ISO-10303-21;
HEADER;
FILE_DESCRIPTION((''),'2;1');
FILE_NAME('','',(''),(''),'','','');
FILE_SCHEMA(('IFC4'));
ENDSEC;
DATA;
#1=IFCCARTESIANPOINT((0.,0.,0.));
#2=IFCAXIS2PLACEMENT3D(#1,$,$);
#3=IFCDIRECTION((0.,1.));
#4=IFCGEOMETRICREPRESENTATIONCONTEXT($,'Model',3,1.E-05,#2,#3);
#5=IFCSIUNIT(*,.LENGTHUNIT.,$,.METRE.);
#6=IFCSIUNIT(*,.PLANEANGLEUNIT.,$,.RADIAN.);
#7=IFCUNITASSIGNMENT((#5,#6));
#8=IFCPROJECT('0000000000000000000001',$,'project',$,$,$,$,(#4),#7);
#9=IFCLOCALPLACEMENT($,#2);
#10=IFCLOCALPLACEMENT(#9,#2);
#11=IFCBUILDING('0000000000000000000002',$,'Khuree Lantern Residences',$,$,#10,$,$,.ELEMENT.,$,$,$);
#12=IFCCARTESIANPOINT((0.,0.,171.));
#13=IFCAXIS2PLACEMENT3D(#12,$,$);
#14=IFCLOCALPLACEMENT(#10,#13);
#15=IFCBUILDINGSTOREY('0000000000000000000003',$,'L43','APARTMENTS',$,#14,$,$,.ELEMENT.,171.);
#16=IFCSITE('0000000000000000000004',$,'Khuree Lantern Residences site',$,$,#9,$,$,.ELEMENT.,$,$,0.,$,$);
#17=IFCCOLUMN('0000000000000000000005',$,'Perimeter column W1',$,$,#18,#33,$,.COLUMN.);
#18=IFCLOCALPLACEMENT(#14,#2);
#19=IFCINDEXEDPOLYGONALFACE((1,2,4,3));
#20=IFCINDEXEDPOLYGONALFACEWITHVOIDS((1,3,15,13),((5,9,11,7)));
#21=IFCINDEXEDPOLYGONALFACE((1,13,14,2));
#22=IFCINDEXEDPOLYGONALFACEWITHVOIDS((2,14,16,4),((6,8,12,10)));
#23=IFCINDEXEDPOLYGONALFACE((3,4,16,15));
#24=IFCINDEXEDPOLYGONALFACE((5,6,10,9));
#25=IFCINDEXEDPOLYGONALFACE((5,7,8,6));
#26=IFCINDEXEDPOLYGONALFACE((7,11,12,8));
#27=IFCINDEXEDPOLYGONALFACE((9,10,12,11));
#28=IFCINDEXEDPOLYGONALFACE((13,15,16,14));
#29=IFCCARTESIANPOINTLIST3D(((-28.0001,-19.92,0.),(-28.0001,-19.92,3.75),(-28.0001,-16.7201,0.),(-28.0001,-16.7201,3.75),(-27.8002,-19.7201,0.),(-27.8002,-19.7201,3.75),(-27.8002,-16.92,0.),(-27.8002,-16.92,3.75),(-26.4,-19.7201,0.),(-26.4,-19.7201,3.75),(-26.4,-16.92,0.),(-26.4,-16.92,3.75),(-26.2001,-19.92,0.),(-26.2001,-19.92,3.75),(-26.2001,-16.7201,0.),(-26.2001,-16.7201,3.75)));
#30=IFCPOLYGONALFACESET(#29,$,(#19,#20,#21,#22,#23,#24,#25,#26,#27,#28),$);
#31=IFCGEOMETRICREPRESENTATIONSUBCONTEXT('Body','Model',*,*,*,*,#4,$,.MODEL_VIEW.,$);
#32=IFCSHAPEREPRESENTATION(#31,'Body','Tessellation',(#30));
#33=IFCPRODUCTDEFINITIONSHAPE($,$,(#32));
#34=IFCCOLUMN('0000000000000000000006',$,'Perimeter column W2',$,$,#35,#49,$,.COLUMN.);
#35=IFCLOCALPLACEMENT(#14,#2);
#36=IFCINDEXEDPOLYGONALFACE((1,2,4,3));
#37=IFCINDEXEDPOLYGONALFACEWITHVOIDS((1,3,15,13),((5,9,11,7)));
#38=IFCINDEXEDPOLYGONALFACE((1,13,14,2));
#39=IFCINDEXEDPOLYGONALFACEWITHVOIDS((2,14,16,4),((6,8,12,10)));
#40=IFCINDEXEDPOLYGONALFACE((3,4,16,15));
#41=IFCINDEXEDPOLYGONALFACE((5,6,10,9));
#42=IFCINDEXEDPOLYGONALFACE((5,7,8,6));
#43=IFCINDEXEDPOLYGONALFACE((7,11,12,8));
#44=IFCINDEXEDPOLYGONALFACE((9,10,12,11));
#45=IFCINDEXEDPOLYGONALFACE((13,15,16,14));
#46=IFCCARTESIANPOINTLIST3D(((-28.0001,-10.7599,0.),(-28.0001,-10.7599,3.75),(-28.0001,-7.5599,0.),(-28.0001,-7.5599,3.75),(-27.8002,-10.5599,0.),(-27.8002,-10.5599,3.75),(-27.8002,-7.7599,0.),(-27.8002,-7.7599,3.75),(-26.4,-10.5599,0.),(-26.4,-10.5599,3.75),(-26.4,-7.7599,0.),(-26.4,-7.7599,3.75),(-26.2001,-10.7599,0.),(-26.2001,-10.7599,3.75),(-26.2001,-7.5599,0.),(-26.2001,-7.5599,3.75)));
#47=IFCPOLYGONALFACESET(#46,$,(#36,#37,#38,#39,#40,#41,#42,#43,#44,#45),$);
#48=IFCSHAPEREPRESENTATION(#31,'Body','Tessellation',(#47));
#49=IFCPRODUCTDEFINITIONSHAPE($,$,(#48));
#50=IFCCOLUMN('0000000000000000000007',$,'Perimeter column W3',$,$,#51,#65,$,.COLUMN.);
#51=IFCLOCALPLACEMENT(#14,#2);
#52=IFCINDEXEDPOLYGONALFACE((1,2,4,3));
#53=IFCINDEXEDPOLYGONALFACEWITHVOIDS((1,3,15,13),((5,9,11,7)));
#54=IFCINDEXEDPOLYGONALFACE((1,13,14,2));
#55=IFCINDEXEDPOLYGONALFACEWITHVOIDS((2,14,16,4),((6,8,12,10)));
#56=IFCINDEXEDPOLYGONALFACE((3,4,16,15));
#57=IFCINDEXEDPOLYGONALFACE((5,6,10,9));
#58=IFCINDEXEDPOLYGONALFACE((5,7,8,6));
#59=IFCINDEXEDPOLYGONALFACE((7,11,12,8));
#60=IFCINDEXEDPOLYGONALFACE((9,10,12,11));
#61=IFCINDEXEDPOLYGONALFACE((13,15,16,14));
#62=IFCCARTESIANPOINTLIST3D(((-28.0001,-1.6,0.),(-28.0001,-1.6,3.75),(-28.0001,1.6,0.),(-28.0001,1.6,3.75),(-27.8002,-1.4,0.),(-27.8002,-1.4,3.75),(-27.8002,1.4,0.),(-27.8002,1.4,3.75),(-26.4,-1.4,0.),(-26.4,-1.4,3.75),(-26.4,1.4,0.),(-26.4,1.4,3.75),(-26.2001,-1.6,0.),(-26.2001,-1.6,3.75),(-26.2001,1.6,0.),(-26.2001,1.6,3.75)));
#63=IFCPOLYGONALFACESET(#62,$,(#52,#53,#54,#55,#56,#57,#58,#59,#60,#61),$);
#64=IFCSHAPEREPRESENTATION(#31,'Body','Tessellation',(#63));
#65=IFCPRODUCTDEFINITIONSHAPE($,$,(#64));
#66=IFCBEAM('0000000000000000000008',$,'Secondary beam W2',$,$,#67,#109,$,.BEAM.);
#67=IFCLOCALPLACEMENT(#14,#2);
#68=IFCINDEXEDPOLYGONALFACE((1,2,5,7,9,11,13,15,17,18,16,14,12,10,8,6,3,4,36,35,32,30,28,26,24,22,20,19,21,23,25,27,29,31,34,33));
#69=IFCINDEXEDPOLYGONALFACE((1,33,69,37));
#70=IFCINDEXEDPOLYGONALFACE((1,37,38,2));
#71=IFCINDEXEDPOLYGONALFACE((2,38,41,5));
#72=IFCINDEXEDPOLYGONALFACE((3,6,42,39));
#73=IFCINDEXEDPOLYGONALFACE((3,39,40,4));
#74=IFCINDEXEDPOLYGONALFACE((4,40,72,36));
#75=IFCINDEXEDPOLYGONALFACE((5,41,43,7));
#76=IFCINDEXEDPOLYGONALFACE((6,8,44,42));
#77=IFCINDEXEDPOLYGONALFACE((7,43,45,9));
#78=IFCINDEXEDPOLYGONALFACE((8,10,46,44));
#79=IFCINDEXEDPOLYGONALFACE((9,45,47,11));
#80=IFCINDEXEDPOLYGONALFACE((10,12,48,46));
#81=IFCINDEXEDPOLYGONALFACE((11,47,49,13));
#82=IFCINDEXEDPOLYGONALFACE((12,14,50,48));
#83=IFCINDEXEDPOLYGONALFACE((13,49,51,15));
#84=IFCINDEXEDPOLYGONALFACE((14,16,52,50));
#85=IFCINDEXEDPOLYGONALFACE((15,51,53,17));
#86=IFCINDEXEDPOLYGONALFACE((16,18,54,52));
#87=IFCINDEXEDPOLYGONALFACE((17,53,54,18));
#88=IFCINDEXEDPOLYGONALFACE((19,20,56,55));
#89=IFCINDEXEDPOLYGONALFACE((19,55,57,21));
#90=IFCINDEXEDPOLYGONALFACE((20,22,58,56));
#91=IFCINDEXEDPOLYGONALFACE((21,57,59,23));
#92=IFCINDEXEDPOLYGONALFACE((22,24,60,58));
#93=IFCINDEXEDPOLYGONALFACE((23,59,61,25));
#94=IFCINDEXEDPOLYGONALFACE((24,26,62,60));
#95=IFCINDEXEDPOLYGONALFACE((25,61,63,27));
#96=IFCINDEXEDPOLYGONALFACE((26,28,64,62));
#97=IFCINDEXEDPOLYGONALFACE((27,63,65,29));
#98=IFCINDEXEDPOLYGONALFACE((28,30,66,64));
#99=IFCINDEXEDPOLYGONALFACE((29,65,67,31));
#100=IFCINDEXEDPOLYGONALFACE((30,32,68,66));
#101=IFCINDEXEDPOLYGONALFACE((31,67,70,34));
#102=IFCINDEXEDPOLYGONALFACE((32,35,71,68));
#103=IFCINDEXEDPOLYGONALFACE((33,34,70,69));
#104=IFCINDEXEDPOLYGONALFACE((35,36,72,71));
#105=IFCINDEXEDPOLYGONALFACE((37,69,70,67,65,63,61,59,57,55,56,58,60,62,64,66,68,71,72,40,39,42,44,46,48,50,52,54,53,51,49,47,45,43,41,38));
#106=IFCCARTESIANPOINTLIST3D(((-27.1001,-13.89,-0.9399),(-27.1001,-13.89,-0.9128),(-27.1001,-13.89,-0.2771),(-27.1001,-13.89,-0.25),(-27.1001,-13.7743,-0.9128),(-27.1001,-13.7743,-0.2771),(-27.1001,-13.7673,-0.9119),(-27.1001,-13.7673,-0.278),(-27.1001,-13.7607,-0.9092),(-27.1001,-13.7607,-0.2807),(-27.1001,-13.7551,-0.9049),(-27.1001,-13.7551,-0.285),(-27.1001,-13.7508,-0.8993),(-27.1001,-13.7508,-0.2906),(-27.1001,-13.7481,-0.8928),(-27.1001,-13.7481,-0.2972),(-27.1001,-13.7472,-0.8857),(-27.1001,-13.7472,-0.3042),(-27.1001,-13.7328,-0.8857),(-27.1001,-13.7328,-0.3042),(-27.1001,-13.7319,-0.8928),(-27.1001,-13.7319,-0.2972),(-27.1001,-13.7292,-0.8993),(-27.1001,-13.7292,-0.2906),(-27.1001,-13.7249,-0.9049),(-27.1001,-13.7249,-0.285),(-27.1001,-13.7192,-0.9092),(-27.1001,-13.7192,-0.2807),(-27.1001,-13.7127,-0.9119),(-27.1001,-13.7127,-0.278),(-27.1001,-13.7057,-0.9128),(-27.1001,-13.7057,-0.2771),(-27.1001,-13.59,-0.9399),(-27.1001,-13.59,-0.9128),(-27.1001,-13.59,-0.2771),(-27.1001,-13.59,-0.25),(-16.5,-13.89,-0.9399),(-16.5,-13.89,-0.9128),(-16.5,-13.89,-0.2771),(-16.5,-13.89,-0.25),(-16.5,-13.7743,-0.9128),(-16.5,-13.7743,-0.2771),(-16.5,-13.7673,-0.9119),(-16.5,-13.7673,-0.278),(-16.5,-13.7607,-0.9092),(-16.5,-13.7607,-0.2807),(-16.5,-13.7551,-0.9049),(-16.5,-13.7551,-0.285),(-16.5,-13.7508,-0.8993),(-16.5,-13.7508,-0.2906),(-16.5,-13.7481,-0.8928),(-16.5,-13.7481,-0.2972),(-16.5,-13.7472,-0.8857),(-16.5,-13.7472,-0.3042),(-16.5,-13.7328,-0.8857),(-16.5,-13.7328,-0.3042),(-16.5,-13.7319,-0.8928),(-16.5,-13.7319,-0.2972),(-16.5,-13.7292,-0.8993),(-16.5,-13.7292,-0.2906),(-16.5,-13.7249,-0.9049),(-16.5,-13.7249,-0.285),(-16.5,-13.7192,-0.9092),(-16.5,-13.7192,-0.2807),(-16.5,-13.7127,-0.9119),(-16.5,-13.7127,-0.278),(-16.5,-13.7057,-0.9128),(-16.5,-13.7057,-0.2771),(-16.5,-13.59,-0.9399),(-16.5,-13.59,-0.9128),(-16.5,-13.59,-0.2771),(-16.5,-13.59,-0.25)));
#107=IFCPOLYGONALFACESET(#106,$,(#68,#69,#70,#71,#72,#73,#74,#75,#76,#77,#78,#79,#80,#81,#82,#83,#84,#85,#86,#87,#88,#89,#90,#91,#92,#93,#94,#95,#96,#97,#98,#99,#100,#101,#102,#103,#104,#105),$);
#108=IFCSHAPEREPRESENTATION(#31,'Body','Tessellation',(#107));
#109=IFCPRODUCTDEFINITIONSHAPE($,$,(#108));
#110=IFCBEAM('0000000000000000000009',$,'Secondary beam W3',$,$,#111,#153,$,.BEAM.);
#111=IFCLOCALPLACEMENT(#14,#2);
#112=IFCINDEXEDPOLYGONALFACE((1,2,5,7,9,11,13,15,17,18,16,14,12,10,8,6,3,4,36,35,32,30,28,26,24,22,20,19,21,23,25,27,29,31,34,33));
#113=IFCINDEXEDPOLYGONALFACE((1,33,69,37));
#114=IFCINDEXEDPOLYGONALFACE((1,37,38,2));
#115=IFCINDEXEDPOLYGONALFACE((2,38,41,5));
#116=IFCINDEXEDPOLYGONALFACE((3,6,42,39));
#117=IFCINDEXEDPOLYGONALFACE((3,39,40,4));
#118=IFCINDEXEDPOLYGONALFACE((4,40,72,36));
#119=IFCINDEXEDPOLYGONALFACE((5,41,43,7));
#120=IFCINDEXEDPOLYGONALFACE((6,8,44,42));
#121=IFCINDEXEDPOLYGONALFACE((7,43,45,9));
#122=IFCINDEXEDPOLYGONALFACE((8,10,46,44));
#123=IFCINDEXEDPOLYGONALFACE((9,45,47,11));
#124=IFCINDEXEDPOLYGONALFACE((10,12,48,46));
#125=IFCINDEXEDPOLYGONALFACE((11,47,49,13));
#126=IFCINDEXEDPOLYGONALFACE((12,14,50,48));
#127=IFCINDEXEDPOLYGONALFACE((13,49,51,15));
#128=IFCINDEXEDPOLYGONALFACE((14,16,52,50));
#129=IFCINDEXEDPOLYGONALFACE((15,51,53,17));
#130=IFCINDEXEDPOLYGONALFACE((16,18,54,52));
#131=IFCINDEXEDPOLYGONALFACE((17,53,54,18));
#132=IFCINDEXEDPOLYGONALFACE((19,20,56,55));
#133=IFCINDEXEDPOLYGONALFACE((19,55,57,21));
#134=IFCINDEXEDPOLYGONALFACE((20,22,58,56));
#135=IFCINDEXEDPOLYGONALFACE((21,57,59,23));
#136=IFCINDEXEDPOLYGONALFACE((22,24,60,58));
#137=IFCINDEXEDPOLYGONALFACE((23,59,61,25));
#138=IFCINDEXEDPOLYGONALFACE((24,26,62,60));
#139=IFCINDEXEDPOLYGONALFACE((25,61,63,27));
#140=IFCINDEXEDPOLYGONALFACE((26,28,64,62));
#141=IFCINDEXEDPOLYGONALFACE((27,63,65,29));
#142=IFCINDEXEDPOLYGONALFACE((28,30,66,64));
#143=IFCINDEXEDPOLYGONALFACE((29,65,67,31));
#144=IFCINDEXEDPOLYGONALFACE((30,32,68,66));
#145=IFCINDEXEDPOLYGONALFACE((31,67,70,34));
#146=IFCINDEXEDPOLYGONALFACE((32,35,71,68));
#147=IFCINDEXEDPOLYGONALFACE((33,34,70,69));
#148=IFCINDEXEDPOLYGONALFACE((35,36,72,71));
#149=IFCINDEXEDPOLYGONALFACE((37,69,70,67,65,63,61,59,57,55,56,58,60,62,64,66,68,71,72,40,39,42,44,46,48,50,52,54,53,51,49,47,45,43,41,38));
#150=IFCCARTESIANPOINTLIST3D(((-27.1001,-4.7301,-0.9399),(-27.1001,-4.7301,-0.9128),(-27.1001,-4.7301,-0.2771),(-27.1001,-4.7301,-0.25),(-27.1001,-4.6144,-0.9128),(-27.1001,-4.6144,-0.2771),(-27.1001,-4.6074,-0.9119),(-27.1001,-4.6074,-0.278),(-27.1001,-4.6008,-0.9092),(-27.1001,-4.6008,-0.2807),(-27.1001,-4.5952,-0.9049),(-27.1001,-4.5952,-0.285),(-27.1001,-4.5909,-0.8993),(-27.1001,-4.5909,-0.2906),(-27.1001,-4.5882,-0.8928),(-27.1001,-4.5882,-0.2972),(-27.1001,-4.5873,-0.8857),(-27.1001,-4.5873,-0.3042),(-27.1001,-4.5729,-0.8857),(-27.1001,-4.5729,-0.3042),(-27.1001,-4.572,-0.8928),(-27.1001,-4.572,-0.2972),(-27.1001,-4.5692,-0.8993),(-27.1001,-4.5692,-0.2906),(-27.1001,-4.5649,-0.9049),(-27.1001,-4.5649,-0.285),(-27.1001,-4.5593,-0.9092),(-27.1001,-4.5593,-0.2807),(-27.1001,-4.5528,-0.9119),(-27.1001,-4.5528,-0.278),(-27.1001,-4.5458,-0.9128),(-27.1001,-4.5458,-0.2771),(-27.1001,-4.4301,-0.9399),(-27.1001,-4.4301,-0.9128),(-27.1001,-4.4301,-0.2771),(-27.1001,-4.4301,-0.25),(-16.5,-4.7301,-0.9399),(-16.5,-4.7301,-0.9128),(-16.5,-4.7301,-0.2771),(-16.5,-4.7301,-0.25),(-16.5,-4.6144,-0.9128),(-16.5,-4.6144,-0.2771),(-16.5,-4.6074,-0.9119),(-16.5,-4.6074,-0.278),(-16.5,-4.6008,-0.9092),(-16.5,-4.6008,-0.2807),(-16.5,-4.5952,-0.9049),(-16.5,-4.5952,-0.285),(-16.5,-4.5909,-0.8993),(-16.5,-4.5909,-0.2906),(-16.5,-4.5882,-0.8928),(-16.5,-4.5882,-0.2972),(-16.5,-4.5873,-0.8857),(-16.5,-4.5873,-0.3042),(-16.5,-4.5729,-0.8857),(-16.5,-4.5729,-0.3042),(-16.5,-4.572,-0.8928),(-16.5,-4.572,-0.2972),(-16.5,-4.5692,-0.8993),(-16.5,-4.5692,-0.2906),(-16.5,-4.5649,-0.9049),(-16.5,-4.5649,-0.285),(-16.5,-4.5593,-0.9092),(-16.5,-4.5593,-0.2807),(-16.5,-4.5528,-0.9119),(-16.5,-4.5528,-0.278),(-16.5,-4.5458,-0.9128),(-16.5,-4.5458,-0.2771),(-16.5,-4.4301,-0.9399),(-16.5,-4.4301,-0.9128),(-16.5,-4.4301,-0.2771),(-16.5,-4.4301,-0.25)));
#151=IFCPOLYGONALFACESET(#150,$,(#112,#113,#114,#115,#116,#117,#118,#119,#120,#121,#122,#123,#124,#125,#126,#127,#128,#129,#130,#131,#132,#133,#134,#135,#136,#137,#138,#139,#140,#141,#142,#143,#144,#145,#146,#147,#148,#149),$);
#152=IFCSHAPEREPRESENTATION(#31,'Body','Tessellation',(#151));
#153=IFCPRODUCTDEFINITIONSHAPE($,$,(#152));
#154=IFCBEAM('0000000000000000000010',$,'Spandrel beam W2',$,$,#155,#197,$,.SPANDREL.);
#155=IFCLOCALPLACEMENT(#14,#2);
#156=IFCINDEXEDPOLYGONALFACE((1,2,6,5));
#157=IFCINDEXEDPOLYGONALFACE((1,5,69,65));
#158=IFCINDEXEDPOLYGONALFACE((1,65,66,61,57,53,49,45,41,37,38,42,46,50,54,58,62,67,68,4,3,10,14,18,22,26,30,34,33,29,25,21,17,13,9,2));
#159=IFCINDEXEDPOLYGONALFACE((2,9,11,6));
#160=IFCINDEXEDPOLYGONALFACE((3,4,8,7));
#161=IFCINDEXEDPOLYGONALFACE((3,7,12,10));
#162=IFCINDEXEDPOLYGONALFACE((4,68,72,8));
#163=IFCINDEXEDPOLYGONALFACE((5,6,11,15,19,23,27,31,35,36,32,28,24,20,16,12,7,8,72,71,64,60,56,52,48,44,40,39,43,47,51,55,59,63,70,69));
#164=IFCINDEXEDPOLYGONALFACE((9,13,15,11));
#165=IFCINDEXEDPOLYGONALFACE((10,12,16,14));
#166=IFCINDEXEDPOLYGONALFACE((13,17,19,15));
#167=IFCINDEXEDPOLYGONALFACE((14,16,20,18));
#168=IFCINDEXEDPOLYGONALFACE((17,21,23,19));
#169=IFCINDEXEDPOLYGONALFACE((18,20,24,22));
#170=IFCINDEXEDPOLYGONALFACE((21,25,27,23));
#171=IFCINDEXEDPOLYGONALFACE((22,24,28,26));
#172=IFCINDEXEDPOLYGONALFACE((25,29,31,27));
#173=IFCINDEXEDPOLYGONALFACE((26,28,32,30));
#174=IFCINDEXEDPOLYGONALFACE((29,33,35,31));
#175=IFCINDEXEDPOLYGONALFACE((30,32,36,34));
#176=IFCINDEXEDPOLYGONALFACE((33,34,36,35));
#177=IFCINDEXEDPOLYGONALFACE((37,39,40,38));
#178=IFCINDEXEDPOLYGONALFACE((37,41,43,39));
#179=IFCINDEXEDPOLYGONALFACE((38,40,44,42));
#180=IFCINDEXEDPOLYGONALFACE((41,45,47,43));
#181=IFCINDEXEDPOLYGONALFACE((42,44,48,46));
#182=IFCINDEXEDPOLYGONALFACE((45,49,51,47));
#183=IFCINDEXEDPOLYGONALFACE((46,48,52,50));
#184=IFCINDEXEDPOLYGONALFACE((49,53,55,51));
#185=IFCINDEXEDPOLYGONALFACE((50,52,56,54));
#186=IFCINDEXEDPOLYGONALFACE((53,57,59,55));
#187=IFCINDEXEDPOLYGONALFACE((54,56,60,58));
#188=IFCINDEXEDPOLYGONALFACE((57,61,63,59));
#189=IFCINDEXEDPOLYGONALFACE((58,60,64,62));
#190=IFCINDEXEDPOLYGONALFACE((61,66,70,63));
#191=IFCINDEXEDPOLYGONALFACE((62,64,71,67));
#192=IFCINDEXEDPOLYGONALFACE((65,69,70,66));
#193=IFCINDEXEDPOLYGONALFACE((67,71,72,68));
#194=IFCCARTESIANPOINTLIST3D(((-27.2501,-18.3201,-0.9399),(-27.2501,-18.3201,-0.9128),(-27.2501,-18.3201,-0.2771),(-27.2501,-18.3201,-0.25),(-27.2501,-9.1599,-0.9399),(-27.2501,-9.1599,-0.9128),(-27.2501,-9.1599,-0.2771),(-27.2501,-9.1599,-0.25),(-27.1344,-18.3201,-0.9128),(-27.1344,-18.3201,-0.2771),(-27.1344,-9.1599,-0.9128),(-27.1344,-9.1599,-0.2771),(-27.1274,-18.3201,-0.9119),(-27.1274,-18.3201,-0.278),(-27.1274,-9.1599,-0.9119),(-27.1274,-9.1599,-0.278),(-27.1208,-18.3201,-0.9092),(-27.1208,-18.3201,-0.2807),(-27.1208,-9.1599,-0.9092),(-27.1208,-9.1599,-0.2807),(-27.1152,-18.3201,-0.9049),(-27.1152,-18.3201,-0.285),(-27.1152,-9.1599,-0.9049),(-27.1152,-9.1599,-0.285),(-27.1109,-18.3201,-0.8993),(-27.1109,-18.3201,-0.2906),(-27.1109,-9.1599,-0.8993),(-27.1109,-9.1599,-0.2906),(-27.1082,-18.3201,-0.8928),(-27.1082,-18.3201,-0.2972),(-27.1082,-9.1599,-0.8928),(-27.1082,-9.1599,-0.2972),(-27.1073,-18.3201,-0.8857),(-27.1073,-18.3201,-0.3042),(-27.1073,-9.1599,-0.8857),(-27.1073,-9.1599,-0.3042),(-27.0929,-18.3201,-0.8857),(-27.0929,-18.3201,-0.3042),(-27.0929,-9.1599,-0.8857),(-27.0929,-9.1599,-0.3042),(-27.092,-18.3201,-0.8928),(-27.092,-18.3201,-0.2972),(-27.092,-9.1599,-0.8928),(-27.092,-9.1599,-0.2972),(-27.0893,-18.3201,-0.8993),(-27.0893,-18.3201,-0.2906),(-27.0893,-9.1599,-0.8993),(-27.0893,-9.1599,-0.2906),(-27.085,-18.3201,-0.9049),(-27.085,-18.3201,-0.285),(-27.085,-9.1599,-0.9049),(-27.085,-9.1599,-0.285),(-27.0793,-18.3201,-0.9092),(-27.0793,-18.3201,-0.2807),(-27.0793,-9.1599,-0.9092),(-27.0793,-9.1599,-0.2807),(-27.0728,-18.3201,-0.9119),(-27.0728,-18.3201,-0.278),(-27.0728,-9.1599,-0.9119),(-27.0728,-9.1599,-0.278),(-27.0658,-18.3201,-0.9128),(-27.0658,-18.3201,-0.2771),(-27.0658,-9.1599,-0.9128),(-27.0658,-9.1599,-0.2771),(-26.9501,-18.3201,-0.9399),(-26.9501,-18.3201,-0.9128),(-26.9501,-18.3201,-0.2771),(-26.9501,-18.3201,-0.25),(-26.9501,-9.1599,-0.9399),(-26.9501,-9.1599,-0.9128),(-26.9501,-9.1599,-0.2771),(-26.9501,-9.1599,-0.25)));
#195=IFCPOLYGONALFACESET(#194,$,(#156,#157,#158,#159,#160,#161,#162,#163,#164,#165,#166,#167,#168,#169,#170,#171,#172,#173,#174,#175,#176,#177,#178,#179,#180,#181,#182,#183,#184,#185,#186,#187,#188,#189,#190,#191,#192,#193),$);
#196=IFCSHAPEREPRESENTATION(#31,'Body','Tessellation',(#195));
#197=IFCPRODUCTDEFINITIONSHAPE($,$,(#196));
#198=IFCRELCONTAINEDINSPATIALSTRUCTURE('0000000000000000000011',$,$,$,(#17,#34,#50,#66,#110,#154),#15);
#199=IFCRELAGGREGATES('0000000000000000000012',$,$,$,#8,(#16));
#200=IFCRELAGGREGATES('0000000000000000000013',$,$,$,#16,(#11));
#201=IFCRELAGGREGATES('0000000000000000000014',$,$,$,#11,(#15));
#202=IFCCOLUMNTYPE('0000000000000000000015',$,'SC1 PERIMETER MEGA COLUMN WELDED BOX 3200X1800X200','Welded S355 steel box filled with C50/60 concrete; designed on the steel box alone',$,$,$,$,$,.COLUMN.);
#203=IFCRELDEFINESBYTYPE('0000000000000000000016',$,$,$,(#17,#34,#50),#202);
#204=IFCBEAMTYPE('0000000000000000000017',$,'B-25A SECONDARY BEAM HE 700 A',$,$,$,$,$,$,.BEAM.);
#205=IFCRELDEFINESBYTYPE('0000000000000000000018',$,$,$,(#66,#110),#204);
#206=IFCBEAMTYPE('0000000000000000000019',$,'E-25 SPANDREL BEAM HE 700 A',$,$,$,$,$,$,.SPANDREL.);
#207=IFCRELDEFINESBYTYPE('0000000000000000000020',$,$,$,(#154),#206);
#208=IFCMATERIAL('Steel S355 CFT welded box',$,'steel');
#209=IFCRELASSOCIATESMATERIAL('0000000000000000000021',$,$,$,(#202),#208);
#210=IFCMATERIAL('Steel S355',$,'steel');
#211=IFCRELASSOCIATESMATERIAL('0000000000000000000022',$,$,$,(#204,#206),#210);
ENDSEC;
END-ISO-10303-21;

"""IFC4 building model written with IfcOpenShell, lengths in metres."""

from ifc_helpers import new_model, si_unit, direction, frame, origin, origin_2d, place, context, subcontext, project, spatial, hollow_rectangle, i_section, extrude, material, material_profile, profile_set, type_object, element, save


model = new_model("IFC4")

# Units and contexts
model_context = context("Model", 3, precision=1e-05, world=origin(), true_north=direction((0.0, 1.0)))
body_context = subcontext(model_context, "Body", "Model", "MODEL_VIEW")
ifc_project = project(units=[si_unit("LENGTHUNIT", "METRE"), si_unit("PLANEANGLEUNIT", "RADIAN")], contexts=[model_context])

# Site, building, storey
site_placement = place(None, origin())
site = spatial("IfcSite", under=ifc_project, at=site_placement, Name="Khuree Lantern Residences site", CompositionType="ELEMENT", RefElevation=0.0)
building_placement = place(site_placement, origin())
building = spatial("IfcBuilding", under=site, at=building_placement, Name="Khuree Lantern Residences", CompositionType="ELEMENT")
storey_placement = place(building_placement, frame((0.0, 0.0, 171.0)))
storey = spatial("IfcBuildingStorey", under=building, at=storey_placement, Name="L43", Description="APARTMENTS", CompositionType="ELEMENT", Elevation=171.0)

# Columns
ifc_material_1 = material(Name="Steel S355 CFT welded box", Category="steel")
ifc_material_profile_1 = material_profile(ifc_material_1, hollow_rectangle(XDim=3.2, YDim=1.8, WallThickness=0.2, at=origin_2d()), Name="WELDED BOX 3200X1800X200")
ifc_profile_set_1 = profile_set([ifc_material_profile_1], Name="Steel S355 CFT welded box")
column_type = type_object("IfcColumnType", Name="SC1 PERIMETER MEGA COLUMN WELDED BOX 3200X1800X200", Description="Welded S355 steel box filled with C50/60 concrete; designed on the steel box alone", PredefinedType="COLUMN", material=ifc_profile_set_1)
for number, where, z_axis, x_axis, name in (
    (1, (-27.1001, -18.3201, 0.0), (0.0, 0.0, 1.0), (0.0, 1.0, 0.0), "Perimeter column W1"),
    (2, (-27.1001, -9.1599, 0.0), (0.0, 0.0, 1.0), (0.0, 1.0, 0.0), "Perimeter column W2"),
    (3, (-27.1001, 0.0, 0.0), (0.0, 0.0, 1.0), (0.0, 1.0, 0.0), "Perimeter column W3"),
):
    element("IfcColumn", number, at=place(storey_placement, frame(where, z_axis=z_axis, x_axis=x_axis)), inside=storey, type_object=column_type, Name=name, PredefinedType="COLUMN", context=body_context, shape_type="SweptSolid", body=[
        extrude(hollow_rectangle(XDim=3.2, YDim=1.8, WallThickness=0.2, at=origin_2d()), origin(), (0.0, 0.0, 1.0), 3.75),
    ])

# Beams
ifc_material_2 = material(Name="Steel S355", Category="steel")
ifc_material_profile_2 = material_profile(ifc_material_2, i_section(OverallWidth=0.3, OverallDepth=0.6899, WebThickness=0.0144, FlangeThickness=0.0271, FilletRadius=0.0271, at=origin_2d()), Name="HE 700 A")
ifc_profile_set_2 = profile_set([ifc_material_profile_2], Name="Steel S355")
beam_type_1 = type_object("IfcBeamType", Name="B-25A SECONDARY BEAM HE 700 A", PredefinedType="BEAM", material=ifc_profile_set_2)
for number, where, z_axis, x_axis, name in (
    (4, (-27.1001, -13.74, -0.595), (1.0, 0.0, 0.0), (0.0, 1.0, 0.0), "Secondary beam W2"),
    (5, (-27.1001, -4.5801, -0.595), (1.0, 0.0, 0.0), (0.0, 1.0, 0.0), "Secondary beam W3"),
):
    element("IfcBeam", number, at=place(storey_placement, frame(where, z_axis=z_axis, x_axis=x_axis)), inside=storey, type_object=beam_type_1, Name=name, PredefinedType="BEAM", context=body_context, shape_type="SweptSolid", body=[
        extrude(i_section(OverallWidth=0.3, OverallDepth=0.6899, WebThickness=0.0144, FlangeThickness=0.0271, FilletRadius=0.0271, at=origin_2d()), origin(), (0.0, 0.0, 1.0), 10.6001),
    ])
ifc_material_profile_3 = material_profile(ifc_material_2, i_section(OverallWidth=0.3, OverallDepth=0.6899, WebThickness=0.0144, FlangeThickness=0.0271, FilletRadius=0.0271, at=origin_2d()), Name="HE 700 A")
ifc_profile_set_3 = profile_set([ifc_material_profile_3], Name="Steel S355")
beam_type_2 = type_object("IfcBeamType", Name="E-25 SPANDREL BEAM HE 700 A", PredefinedType="SPANDREL", material=ifc_profile_set_3)
beam_1_placement = place(storey_placement, frame((-27.1001, -18.3201, -0.595), z_axis=(0.0, 1.0, 0.0), x_axis=(-1.0, 0.0, 0.0)))
element("IfcBeam", 6, at=beam_1_placement, inside=storey, type_object=beam_type_2, Name="Spandrel beam W2", PredefinedType="SPANDREL", context=body_context, shape_type="SweptSolid", body=[
    extrude(i_section(OverallWidth=0.3, OverallDepth=0.6899, WebThickness=0.0144, FlangeThickness=0.0271, FilletRadius=0.0271, at=origin_2d()), origin(), (0.0, 0.0, 1.0), 9.1602),
])

save(model, "model.ifc")
